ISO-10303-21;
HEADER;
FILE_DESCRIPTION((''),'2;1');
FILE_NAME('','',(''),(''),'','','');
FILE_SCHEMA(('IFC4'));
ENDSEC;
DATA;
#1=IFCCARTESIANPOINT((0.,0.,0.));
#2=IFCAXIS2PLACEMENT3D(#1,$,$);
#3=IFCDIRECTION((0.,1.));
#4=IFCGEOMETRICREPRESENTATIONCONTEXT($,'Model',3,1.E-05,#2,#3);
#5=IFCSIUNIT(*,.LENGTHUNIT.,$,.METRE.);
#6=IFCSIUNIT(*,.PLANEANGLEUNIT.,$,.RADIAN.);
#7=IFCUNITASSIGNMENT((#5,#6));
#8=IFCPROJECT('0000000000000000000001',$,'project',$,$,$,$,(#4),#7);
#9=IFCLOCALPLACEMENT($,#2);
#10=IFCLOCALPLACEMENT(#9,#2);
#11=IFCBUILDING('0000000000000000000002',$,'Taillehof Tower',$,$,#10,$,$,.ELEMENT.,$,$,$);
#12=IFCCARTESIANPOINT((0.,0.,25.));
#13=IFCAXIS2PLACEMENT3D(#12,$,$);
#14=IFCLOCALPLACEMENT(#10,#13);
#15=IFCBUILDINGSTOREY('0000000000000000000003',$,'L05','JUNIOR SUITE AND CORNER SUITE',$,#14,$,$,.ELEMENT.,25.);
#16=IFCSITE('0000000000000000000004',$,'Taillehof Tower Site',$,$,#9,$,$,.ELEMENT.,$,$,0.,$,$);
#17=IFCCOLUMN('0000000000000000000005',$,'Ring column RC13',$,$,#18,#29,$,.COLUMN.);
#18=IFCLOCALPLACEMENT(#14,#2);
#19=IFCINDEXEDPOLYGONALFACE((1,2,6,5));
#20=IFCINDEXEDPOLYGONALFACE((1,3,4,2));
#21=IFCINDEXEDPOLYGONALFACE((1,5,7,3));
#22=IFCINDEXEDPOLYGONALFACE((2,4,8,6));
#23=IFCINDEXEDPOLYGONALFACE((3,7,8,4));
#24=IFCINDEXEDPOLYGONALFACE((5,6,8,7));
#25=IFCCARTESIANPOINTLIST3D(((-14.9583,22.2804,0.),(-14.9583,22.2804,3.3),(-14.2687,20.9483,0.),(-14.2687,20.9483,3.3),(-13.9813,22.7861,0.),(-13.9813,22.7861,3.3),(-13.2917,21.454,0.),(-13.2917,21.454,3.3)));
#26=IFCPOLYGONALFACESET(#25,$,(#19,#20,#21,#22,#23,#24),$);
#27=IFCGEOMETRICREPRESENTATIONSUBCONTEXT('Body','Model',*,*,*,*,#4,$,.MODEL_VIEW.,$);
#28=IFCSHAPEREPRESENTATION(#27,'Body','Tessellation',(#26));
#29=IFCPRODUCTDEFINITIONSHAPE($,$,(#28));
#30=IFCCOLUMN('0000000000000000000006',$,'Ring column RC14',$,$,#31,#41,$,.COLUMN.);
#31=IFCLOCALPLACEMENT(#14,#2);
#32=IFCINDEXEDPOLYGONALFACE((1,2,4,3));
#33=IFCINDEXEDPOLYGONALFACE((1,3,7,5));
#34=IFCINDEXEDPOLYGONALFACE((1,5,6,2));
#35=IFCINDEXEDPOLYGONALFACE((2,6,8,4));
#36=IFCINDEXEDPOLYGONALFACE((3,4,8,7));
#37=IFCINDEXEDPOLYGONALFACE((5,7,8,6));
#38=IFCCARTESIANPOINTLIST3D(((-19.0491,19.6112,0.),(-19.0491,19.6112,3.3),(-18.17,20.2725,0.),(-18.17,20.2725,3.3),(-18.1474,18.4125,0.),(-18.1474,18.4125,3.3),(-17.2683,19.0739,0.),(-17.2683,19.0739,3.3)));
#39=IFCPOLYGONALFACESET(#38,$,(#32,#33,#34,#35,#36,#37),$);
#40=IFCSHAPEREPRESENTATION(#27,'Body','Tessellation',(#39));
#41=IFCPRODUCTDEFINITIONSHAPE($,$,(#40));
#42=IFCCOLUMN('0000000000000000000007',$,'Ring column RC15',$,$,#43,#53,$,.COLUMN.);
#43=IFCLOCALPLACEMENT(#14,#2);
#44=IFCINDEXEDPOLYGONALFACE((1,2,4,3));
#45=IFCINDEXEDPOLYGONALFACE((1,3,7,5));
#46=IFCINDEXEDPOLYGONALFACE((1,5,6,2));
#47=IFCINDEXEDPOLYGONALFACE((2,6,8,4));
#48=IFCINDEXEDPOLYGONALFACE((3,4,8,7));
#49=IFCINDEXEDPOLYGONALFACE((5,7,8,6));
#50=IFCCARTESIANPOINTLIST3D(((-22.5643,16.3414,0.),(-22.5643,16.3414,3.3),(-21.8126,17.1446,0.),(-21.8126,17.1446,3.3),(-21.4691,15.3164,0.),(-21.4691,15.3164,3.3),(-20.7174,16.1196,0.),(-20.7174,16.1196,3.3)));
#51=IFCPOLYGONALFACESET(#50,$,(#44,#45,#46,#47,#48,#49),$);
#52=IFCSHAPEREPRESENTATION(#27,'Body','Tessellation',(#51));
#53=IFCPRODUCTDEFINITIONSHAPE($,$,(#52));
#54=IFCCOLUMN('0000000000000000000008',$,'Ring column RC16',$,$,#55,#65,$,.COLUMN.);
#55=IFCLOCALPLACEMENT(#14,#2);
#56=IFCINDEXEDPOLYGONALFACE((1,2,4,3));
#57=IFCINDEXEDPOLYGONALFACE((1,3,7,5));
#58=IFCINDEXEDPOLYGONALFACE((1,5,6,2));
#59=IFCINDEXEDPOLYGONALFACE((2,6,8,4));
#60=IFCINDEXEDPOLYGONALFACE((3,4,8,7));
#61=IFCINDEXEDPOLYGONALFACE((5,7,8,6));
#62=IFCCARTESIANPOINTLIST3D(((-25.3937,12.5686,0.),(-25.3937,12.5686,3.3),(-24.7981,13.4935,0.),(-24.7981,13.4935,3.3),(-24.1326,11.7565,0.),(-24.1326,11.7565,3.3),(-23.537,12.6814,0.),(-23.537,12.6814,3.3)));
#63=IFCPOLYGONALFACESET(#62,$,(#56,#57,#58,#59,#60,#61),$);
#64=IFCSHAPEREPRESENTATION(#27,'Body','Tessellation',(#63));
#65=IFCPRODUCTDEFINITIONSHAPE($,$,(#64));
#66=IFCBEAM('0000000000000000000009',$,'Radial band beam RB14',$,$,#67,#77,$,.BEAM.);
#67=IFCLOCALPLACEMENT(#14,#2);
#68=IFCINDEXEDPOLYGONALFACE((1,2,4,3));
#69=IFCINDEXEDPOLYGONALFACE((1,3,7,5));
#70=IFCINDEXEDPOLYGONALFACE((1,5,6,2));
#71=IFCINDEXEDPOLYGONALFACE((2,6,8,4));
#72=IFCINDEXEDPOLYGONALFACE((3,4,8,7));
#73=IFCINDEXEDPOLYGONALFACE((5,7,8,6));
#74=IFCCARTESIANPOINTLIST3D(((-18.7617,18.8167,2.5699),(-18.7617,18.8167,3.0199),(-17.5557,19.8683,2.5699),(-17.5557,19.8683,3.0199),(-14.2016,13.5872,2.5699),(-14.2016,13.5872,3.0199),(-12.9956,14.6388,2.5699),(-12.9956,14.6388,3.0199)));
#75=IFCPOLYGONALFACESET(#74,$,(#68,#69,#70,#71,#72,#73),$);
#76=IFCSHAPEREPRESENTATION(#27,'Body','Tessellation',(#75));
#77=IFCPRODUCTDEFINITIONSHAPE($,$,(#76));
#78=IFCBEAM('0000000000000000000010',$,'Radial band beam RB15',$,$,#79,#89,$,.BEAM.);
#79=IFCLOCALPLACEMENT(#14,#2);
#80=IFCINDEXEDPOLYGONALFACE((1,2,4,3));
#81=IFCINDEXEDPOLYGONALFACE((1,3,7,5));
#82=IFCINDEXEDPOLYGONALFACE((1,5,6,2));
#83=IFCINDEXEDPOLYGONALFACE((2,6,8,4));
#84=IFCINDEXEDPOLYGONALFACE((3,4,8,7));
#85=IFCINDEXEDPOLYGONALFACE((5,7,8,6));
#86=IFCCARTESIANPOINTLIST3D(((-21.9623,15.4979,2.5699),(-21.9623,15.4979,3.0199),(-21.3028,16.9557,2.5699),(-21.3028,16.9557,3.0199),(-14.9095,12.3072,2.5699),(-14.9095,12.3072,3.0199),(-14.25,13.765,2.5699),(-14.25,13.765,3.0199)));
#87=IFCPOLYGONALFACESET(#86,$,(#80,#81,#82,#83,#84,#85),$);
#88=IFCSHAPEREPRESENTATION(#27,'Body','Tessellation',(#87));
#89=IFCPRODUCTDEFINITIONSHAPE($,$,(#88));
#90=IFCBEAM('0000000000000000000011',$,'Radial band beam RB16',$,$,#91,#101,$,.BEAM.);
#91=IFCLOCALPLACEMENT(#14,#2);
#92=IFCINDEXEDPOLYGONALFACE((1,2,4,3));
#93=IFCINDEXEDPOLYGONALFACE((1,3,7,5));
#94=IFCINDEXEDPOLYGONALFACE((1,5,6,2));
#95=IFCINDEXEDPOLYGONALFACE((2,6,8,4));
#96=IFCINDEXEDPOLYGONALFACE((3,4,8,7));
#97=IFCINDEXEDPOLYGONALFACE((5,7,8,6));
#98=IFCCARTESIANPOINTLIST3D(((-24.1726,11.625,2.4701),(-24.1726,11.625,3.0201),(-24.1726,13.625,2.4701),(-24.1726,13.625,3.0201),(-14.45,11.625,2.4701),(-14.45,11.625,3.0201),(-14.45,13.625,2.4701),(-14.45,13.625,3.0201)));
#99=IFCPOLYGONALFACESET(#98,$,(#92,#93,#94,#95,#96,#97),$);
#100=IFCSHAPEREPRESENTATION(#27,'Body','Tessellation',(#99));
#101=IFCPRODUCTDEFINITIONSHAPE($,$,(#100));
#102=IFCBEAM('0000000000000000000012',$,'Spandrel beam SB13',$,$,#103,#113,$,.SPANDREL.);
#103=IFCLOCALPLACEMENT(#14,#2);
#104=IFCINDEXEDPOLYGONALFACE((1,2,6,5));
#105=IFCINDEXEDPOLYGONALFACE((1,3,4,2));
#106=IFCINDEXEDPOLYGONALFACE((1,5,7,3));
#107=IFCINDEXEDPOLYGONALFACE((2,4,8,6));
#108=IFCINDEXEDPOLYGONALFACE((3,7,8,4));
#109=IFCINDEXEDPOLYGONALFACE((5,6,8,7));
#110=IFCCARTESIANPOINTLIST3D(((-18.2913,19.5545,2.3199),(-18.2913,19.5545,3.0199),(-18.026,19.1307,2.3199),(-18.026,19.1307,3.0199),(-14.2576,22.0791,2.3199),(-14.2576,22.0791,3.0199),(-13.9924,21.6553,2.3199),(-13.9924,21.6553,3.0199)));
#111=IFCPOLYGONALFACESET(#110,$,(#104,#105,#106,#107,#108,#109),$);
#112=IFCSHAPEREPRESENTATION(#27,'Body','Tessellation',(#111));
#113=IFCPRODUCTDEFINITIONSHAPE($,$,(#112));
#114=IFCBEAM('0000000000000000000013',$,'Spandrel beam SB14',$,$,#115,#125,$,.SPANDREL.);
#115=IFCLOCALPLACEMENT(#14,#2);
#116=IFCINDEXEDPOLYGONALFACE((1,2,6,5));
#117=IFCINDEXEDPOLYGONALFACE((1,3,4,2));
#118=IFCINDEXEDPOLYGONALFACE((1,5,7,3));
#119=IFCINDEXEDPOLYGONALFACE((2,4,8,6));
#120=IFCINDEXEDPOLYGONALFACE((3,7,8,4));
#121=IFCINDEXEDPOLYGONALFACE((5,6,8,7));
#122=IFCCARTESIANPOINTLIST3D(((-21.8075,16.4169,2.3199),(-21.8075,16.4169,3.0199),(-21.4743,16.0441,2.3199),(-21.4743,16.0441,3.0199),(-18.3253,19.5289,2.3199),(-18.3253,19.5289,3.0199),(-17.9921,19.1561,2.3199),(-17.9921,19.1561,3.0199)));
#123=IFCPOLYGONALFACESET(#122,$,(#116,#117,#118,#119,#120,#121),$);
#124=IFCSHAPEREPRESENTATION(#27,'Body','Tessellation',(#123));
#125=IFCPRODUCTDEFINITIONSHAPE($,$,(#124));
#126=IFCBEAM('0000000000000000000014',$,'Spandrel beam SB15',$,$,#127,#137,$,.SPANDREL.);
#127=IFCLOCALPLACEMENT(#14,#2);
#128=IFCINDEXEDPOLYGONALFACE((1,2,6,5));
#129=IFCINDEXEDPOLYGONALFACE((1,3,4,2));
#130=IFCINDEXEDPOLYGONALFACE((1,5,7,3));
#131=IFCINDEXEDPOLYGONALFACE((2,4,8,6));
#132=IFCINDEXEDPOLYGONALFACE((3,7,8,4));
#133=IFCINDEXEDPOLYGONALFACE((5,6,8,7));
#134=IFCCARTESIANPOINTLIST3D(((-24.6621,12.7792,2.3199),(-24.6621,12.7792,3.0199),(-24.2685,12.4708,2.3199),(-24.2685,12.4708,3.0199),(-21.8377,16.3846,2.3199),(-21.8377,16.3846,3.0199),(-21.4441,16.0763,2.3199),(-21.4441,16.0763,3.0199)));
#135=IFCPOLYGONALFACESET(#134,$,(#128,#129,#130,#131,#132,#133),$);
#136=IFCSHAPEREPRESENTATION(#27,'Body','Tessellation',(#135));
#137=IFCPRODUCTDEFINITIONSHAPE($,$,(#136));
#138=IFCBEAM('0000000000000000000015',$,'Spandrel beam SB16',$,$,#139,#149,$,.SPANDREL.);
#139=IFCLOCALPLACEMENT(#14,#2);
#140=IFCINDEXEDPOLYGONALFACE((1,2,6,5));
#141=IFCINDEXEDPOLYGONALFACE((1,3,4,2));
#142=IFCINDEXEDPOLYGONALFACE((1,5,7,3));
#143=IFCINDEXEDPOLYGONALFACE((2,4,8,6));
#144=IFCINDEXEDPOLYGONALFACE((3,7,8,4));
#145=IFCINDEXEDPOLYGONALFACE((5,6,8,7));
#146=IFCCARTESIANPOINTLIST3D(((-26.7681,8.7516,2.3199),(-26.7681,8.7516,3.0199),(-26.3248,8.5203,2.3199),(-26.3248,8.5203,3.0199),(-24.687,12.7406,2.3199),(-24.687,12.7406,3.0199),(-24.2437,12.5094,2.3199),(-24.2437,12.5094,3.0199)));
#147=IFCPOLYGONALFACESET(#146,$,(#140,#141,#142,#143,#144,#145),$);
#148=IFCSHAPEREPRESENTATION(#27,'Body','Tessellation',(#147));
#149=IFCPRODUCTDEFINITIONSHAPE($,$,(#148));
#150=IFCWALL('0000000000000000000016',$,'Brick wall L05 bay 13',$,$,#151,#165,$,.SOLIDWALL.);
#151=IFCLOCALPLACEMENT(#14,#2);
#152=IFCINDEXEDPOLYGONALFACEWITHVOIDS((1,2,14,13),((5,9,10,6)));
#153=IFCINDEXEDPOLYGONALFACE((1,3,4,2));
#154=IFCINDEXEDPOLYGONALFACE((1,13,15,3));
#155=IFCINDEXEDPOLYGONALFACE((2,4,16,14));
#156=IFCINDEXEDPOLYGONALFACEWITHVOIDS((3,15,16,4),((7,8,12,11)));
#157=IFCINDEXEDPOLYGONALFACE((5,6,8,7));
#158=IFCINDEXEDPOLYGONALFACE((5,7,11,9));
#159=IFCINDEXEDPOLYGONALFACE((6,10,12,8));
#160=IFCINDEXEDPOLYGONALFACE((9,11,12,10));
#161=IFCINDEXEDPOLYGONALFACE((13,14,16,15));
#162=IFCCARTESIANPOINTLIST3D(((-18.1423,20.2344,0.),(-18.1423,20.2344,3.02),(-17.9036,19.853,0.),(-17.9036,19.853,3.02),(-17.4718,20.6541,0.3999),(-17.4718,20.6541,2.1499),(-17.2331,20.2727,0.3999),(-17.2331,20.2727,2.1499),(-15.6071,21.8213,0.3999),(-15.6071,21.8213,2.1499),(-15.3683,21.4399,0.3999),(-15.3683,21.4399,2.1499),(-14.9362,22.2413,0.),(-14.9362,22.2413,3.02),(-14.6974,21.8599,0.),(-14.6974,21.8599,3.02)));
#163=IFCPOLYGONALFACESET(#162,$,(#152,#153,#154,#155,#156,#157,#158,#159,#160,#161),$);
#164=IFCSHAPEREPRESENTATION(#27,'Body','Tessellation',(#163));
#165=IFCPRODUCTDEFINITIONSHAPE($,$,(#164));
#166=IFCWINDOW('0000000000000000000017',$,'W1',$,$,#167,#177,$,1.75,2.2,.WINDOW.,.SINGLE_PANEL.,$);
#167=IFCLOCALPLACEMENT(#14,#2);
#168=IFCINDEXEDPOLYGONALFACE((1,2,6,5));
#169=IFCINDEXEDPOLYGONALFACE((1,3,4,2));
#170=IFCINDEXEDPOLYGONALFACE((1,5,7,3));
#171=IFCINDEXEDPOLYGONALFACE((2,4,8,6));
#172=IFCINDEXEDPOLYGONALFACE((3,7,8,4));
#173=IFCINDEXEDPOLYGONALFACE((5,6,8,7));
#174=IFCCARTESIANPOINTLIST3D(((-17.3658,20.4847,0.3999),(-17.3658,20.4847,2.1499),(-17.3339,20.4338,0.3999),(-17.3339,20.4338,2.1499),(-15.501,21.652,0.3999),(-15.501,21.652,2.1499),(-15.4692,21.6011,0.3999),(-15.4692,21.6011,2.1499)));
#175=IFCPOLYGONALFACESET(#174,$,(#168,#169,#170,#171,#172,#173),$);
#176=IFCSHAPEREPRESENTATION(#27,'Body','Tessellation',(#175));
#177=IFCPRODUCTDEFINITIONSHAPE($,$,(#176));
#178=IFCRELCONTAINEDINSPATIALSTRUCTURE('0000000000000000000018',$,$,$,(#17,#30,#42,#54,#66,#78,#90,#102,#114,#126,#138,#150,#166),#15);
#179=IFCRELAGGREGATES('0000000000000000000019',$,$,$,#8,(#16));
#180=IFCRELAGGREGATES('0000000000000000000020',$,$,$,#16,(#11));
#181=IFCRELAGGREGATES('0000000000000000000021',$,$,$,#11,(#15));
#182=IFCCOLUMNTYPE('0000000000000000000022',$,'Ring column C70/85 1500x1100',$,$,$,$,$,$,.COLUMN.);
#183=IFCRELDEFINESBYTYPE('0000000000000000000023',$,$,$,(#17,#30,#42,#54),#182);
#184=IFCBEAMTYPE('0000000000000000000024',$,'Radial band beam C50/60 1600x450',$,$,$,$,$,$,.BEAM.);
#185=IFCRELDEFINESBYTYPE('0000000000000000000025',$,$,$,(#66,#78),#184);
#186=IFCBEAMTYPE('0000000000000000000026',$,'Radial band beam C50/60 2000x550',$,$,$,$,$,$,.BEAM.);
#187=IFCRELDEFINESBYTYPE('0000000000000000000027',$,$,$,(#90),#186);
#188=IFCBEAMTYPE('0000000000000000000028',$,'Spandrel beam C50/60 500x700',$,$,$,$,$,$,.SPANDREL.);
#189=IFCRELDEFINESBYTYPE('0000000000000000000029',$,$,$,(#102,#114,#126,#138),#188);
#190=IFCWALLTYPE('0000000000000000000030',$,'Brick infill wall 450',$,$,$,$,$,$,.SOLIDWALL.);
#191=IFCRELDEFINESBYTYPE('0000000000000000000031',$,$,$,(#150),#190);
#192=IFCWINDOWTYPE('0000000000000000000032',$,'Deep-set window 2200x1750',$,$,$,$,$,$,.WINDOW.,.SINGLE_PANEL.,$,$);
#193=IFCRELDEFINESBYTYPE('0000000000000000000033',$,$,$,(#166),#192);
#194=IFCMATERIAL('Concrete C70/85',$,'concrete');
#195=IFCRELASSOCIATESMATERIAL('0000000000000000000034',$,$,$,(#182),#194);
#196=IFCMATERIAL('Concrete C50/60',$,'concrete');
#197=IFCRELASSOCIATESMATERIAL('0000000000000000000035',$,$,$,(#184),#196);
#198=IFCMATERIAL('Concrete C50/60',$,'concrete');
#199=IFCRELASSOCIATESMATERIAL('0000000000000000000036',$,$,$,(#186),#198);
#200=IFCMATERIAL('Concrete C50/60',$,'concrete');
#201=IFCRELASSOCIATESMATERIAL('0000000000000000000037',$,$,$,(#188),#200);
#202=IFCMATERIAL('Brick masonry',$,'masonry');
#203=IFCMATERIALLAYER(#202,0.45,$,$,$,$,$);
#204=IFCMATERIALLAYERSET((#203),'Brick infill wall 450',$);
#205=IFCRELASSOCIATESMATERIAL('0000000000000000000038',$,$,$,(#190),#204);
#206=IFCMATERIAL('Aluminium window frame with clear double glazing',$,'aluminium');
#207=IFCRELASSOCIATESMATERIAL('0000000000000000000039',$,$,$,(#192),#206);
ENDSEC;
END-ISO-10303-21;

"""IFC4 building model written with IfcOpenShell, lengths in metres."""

from ifc_helpers import new_model, si_unit, direction, frame, frame_2d, origin, origin_2d, place, context, subcontext, project, spatial, rectangle, extrude, material, layer, layer_set, material_profile, profile_set, type_object, element, fill, save


model = new_model("IFC4")

# Units and contexts
model_context = context("Model", 3, precision=1e-05, world=origin(), true_north=direction((0.0, 1.0)))
body_context = subcontext(model_context, "Body", "Model", "MODEL_VIEW")
ifc_project = project(units=[si_unit("LENGTHUNIT", "METRE"), si_unit("PLANEANGLEUNIT", "RADIAN")], contexts=[model_context])

# Site, building, storey
site_placement = place(None, origin())
site = spatial("IfcSite", under=ifc_project, at=site_placement, Name="Taillehof Tower Site", CompositionType="ELEMENT", RefElevation=0.0)
building_placement = place(site_placement, origin())
building = spatial("IfcBuilding", under=site, at=building_placement, Name="Taillehof Tower", CompositionType="ELEMENT")
storey_placement = place(building_placement, frame((0.0, 0.0, 25.0)))
storey = spatial("IfcBuildingStorey", under=building, at=storey_placement, Name="L05", Description="JUNIOR SUITE AND CORNER SUITE", CompositionType="ELEMENT", Elevation=25.0)

# Columns
ifc_material_1 = material(Name="Concrete C70/85", Category="concrete")
ifc_material_profile_1 = material_profile(ifc_material_1, rectangle(XDim=1.5, YDim=1.1001, at=origin_2d()), Name="RC 1500x1100")
ifc_profile_set_1 = profile_set([ifc_material_profile_1], Name="Concrete C70/85")
column_type = type_object("IfcColumnType", Name="Ring column C70/85 1500x1100", PredefinedType="COLUMN", material=ifc_profile_set_1)
for number, where, z_axis, x_axis, name in (
    (1, (-14.125, 21.8672, 0.0), (0.0, 0.0, 1.0), (-0.459691, 0.888079, 0.0), "Ring column RC13"),
    (2, (-18.1587, 19.3425, 0.0), (0.0, 0.0, 1.0), (-0.601174, 0.799118, 0.0), "Ring column RC14"),
    (3, (-21.6409, 16.2305, 0.0), (0.0, 0.0, 1.0), (-0.730113, 0.683326, 0.0), "Ring column RC15"),
    (4, (-24.4653, 12.625, 0.0), (0.0, 0.0, 1.0), (-0.840754, 0.541418, 0.0), "Ring column RC16"),
):
    element("IfcColumn", number, at=place(storey_placement, frame(where, z_axis=z_axis, x_axis=x_axis)), inside=storey, type_object=column_type, Name=name, PredefinedType="COLUMN", context=body_context, shape_type="SweptSolid", body=[
        extrude(rectangle(XDim=1.5, YDim=1.1001, at=origin_2d()), origin(), (0.0, 0.0, 1.0), 3.3),
    ])

# Beams
ifc_material_2 = material(Name="Concrete C50/60", Category="concrete")
ifc_material_profile_2 = material_profile(ifc_material_2, rectangle(XDim=1.6001, YDim=0.45, at=origin_2d()), Name="RC 1600x450")
ifc_profile_set_2 = profile_set([ifc_material_profile_2], Name="Concrete C50/60")
beam_type_1 = type_object("IfcBeamType", Name="Radial band beam C50/60 1600x450", PredefinedType="BEAM", material=ifc_profile_set_2)
beam_1_placement = place(storey_placement, frame((-18.1587, 19.3425, 2.7949), z_axis=(0.657218, -0.7537, 0.0), x_axis=(0.7537, 0.657218, 0.0)))
element("IfcBeam", 5, at=beam_1_placement, inside=storey, type_object=beam_type_1, Name="Radial band beam RB14", PredefinedType="BEAM", context=body_context, shape_type="SweptSolid", body=[
    extrude(rectangle(XDim=1.6001, YDim=0.45, at=origin_2d()), origin(), (0.0, 0.0, 1.0), 6.9385),
])
beam_2_placement = place(storey_placement, frame((-21.6326, 16.2268, 2.7949), z_axis=(0.911101, -0.412184, 0.0), x_axis=(0.412184, 0.911101, 0.0)))
element("IfcBeam", 6, at=beam_2_placement, inside=storey, type_object=beam_type_1, Name="Radial band beam RB15", PredefinedType="BEAM", context=body_context, shape_type="SweptSolid", body=[
    extrude(rectangle(XDim=1.6001, YDim=0.45, at=origin_2d()), origin(), (0.0, 0.0, 1.0), 7.741),
])
ifc_material_3 = material(Name="Concrete C50/60", Category="concrete")
ifc_material_profile_3 = material_profile(ifc_material_3, rectangle(XDim=2.0, YDim=0.55, at=origin_2d()), Name="RC 2000x550")
ifc_profile_set_3 = profile_set([ifc_material_profile_3], Name="Concrete C50/60")
beam_type_2 = type_object("IfcBeamType", Name="Radial band beam C50/60 2000x550", PredefinedType="BEAM", material=ifc_profile_set_3)
beam_3_placement = place(storey_placement, frame((-24.1726, 12.625, 2.7451), z_axis=(1.0, 0.0, 0.0), x_axis=(0.0, 1.0, 0.0)))
element("IfcBeam", 7, at=beam_3_placement, inside=storey, type_object=beam_type_2, Name="Radial band beam RB16", PredefinedType="BEAM", context=body_context, shape_type="SweptSolid", body=[
    extrude(rectangle(XDim=2.0, YDim=0.55, at=origin_2d()), origin(), (0.0, 0.0, 1.0), 9.7227),
])
ifc_material_4 = material(Name="Concrete C50/60", Category="concrete")
ifc_material_profile_4 = material_profile(ifc_material_4, rectangle(XDim=0.5, YDim=0.7, at=origin_2d()), Name="RC 500x700")
ifc_profile_set_4 = profile_set([ifc_material_profile_4], Name="Concrete C50/60")
beam_type_3 = type_object("IfcBeamType", Name="Spandrel beam C50/60 500x700", PredefinedType="SPANDREL", material=ifc_profile_set_4)
beam_4_placement = place(storey_placement, frame((-14.125, 21.8672, 2.6699), z_axis=(-0.847658, -0.530543, 0.0), x_axis=(0.530543, -0.847658, 0.0)))
element("IfcBeam", 8, at=beam_4_placement, inside=storey, type_object=beam_type_3, Name="Spandrel beam SB13", PredefinedType="SPANDREL", context=body_context, shape_type="SweptSolid", body=[
    extrude(rectangle(XDim=0.5, YDim=0.7, at=origin_2d()), origin(), (0.0, 0.0, 1.0), 4.7585),
])
beam_5_placement = place(storey_placement, frame((-18.1587, 19.3425, 2.6699), z_axis=(-0.745621, -0.66637, 0.0), x_axis=(0.66637, -0.745621, 0.0)))
element("IfcBeam", 9, at=beam_5_placement, inside=storey, type_object=beam_type_3, Name="Spandrel beam SB14", PredefinedType="SPANDREL", context=body_context, shape_type="SweptSolid", body=[
    extrude(rectangle(XDim=0.5, YDim=0.7, at=origin_2d()), origin(), (0.0, 0.0, 1.0), 4.6702),
])
beam_6_placement = place(storey_placement, frame((-21.6409, 16.2305, 2.6699), z_axis=(-0.616686, -0.787209, 0.0), x_axis=(0.787209, -0.616686, 0.0)))
element("IfcBeam", 10, at=beam_6_placement, inside=storey, type_object=beam_type_3, Name="Spandrel beam SB15", PredefinedType="SPANDREL", context=body_context, shape_type="SweptSolid", body=[
    extrude(rectangle(XDim=0.5, YDim=0.7, at=origin_2d()), origin(), (0.0, 0.0, 1.0), 4.5801),
])
beam_7_placement = place(storey_placement, frame((-24.4653, 12.625, 2.6699), z_axis=(-0.462536, -0.8866, 0.0), x_axis=(0.8866, -0.462536, 0.0)))
element("IfcBeam", 11, at=beam_7_placement, inside=storey, type_object=beam_type_3, Name="Spandrel beam SB16", PredefinedType="SPANDREL", context=body_context, shape_type="SweptSolid", body=[
    extrude(rectangle(XDim=0.5, YDim=0.7, at=origin_2d()), origin(), (0.0, 0.0, 1.0), 4.4993),
])

# Wall, opening, window
ifc_material_5 = material(Name="Brick masonry", Category="masonry")
ifc_layer_1 = layer(ifc_material_5, 0.45)
ifc_layer_set_1 = layer_set([ifc_layer_1], Name="Brick infill wall 450")
wall_type_1 = type_object("IfcWallType", Name="Brick infill wall 450", PredefinedType="SOLIDWALL", material=ifc_layer_set_1)
wall_1_placement = place(storey_placement, frame((-14.8169, 22.0505, 0.0), z_axis=(0.0, 0.0, 1.0), x_axis=(-0.847635, -0.530579, 0.0)))
wall_1 = element("IfcWall", 12, at=wall_1_placement, inside=storey, type_object=wall_type_1, Name="Brick wall L05 bay 13", PredefinedType="SOLIDWALL", context=body_context, shape_type="SweptSolid", body=[
    extrude(rectangle(XDim=3.7825, YDim=0.45, at=frame_2d((1.8911, 0.0))), origin(), (0.0, 0.0, 1.0), 3.02),
])
opening_1_placement = place(wall_1_placement, frame((0.7913, 0.0, 0.3999)))
opening_1 = element("IfcOpeningElement", 13, at=opening_1_placement, cuts=wall_1, PredefinedType="OPENING", context=body_context, shape_type="SweptSolid", body=[
    extrude(rectangle(XDim=2.2, YDim=1.75, at=frame_2d((1.1001, 0.875))), frame((0.0, 0.2349, 0.0), z_axis=(0.0, -1.0, 0.0), x_axis=(1.0, 0.0, 0.0)), (0.0, 0.0, 1.0), 0.47),
])
ifc_material_6 = material(Name="Aluminium window frame with clear double glazing", Category="aluminium")
window_type = type_object("IfcWindowType", Name="Deep-set window 2200x1750", PartitioningType="SINGLE_PANEL", PredefinedType="WINDOW", material=ifc_material_6)
window_1_placement = place(opening_1_placement, origin())
window_1 = element("IfcWindow", 14, at=window_1_placement, inside=storey, type_object=window_type, Name="W1", OverallHeight=1.75, OverallWidth=2.2, PartitioningType="SINGLE_PANEL", PredefinedType="WINDOW", context=body_context, shape_type="SweptSolid", body=[
    extrude(rectangle(XDim=2.2, YDim=1.75, at=frame_2d((1.1001, 0.875))), frame((0.0, 0.0349, 0.0), z_axis=(0.0, -1.0, 0.0), x_axis=(1.0, 0.0, 0.0)), (0.0, 0.0, 1.0), 0.0601),
])
fill(opening_1, window_1)

save(model, "model.ifc")
